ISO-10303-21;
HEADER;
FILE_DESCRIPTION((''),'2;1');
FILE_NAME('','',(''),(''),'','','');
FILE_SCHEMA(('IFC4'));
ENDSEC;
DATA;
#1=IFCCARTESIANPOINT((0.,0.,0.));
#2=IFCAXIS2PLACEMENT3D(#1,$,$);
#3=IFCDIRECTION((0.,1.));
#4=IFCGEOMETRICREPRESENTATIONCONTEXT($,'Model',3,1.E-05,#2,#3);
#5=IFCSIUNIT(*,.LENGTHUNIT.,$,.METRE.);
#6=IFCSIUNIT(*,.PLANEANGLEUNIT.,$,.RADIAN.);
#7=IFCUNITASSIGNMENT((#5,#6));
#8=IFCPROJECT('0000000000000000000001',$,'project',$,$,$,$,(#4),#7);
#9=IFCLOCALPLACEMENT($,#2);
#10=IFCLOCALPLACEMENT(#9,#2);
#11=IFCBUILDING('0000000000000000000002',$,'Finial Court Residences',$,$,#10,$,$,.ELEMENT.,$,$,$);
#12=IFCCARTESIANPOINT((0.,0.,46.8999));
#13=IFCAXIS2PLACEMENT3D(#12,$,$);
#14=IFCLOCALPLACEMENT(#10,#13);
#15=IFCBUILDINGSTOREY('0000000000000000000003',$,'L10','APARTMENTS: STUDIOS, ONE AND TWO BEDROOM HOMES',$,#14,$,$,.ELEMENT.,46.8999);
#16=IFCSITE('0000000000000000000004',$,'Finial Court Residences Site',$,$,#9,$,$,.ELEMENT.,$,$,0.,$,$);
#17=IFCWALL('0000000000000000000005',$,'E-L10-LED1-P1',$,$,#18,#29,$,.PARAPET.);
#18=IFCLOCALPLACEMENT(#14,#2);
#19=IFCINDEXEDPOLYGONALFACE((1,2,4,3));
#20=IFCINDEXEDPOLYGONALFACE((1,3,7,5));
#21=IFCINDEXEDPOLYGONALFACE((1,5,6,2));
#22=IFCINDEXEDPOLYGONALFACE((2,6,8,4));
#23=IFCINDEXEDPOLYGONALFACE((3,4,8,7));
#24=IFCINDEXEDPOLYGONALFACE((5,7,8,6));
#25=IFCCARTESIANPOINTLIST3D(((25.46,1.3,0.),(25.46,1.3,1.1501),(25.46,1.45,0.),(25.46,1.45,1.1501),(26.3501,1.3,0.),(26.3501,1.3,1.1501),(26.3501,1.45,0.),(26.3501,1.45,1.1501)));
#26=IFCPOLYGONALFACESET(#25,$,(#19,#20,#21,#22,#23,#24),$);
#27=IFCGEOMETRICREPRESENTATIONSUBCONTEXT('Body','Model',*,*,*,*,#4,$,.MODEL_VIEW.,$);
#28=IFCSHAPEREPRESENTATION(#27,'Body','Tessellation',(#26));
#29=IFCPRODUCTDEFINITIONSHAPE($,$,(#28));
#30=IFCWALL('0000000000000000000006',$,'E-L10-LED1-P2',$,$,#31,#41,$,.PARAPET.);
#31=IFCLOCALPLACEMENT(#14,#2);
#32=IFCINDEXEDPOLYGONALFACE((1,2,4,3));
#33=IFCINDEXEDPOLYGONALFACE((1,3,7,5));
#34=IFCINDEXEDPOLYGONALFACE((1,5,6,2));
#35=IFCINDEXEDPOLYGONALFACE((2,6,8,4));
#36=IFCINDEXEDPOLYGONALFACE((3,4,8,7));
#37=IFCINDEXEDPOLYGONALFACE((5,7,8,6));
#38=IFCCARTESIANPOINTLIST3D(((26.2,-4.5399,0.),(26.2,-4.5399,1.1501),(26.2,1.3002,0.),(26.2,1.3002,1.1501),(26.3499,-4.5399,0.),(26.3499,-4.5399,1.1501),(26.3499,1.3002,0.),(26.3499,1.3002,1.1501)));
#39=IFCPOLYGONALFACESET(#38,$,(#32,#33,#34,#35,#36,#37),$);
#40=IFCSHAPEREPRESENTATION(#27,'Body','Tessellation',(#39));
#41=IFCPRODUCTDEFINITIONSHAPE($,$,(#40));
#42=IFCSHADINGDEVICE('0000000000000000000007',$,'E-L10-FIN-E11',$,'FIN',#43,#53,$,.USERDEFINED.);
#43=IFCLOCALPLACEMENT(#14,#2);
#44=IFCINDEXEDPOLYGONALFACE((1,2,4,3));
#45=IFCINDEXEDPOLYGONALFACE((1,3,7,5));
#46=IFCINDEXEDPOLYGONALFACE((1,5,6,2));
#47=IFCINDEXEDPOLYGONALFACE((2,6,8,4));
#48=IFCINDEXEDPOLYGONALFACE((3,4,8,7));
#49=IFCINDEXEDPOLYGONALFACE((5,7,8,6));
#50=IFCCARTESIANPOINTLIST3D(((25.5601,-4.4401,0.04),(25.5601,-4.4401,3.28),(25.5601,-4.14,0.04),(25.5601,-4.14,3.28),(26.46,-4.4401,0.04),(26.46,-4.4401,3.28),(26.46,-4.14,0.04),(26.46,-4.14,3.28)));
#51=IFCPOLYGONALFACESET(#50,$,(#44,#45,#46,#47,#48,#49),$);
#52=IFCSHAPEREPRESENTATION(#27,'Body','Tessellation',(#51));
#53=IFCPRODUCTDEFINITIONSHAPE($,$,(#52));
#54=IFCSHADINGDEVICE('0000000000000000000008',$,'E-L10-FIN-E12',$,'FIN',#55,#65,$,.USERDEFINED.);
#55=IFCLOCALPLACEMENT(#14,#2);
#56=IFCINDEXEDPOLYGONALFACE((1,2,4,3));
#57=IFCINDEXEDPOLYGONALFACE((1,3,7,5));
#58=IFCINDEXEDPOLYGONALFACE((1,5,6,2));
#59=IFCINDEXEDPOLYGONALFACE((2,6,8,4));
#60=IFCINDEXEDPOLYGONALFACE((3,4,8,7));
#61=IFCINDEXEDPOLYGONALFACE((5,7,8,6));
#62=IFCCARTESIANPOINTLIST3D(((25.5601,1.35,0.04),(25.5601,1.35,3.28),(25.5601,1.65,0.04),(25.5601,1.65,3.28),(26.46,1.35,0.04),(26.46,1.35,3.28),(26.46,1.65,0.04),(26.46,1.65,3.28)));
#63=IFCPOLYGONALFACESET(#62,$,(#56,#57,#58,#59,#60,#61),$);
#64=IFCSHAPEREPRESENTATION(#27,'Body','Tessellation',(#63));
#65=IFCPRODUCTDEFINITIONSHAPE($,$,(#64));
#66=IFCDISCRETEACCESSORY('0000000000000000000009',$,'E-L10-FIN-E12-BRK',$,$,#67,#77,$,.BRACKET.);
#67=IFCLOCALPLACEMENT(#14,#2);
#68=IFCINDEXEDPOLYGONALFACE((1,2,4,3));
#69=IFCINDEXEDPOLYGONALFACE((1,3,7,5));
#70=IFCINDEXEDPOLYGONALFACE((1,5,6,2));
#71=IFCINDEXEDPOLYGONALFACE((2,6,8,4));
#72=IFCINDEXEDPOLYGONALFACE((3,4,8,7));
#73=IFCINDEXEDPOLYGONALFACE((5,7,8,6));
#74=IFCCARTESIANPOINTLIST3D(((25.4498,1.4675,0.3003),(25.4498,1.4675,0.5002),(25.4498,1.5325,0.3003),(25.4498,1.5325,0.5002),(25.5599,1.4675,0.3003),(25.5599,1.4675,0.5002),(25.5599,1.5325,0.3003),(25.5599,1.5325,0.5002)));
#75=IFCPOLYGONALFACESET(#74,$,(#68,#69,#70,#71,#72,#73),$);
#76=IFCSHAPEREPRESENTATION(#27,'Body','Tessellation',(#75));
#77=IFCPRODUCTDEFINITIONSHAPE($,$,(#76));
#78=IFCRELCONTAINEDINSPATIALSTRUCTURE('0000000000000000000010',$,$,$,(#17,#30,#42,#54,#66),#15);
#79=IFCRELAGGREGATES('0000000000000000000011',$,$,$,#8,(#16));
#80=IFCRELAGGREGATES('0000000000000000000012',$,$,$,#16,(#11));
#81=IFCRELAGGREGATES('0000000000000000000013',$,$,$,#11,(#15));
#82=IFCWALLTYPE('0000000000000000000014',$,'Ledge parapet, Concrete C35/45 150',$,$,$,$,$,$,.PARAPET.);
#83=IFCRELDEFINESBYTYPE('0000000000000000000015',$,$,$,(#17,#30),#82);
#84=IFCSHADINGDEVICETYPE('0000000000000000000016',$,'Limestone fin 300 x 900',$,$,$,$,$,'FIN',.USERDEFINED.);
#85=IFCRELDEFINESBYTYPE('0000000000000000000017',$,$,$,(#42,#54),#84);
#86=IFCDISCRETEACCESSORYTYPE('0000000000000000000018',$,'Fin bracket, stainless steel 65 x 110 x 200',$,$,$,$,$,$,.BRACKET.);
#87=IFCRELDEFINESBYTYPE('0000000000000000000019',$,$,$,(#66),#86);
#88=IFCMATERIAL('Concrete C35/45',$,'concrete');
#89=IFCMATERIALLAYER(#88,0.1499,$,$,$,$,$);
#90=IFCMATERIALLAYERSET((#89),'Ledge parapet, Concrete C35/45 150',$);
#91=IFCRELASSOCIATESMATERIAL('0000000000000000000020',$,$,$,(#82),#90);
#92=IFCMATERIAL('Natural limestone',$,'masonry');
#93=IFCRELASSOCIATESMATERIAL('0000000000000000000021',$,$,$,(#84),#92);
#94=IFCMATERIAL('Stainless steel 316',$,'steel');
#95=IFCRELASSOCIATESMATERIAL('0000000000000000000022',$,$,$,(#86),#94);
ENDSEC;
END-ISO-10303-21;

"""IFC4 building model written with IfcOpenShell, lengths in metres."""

from ifc_helpers import new_model, si_unit, direction, frame, frame_2d, origin, origin_2d, place, context, subcontext, project, spatial, rectangle, extrude, material, layer, layer_set, type_object, element, save


model = new_model("IFC4")

# Units and contexts
model_context = context("Model", 3, precision=1e-05, world=origin(), true_north=direction((0.0, 1.0)))
body_context = subcontext(model_context, "Body", "Model", "MODEL_VIEW")
ifc_project = project(units=[si_unit("LENGTHUNIT", "METRE"), si_unit("PLANEANGLEUNIT", "RADIAN")], contexts=[model_context])

# Site, building, storey
site_placement = place(None, origin())
site = spatial("IfcSite", under=ifc_project, at=site_placement, Name="Finial Court Residences Site", CompositionType="ELEMENT", RefElevation=0.0)
building_placement = place(site_placement, origin())
building = spatial("IfcBuilding", under=site, at=building_placement, Name="Finial Court Residences", CompositionType="ELEMENT")
storey_placement = place(building_placement, frame((0.0, 0.0, 46.8999)))
storey = spatial("IfcBuildingStorey", under=building, at=storey_placement, Name="L10", Description="APARTMENTS: STUDIOS, ONE AND TWO BEDROOM HOMES", CompositionType="ELEMENT", Elevation=46.8999)

# Walls
ifc_material_1 = material(Name="Concrete C35/45", Category="concrete")
ifc_layer_1 = layer(ifc_material_1, 0.1499)
ifc_layer_set_1 = layer_set([ifc_layer_1], Name="Ledge parapet, Concrete C35/45 150")
wall_type_1 = type_object("IfcWallType", Name="Ledge parapet, Concrete C35/45 150", PredefinedType="PARAPET", material=ifc_layer_set_1)
wall_1_placement = place(storey_placement, frame((25.46, 1.375, 0.0), z_axis=(0.0, 0.0, 1.0), x_axis=(1.0, 0.0, 0.0)))
element("IfcWall", 1, at=wall_1_placement, inside=storey, type_object=wall_type_1, Name="E-L10-LED1-P1", PredefinedType="PARAPET", context=body_context, shape_type="SweptSolid", body=[
    extrude(rectangle(XDim=0.8901, YDim=0.1499, at=frame_2d((0.4451, 0.0))), origin(), (0.0, 0.0, 1.0), 1.1501),
])
wall_2_placement = place(storey_placement, frame((26.2749, 1.3, 0.0), z_axis=(0.0, 0.0, 1.0), x_axis=(0.0, -1.0, 0.0)))
element("IfcWall", 2, at=wall_2_placement, inside=storey, type_object=wall_type_1, Name="E-L10-LED1-P2", PredefinedType="PARAPET", context=body_context, shape_type="SweptSolid", body=[
    extrude(rectangle(XDim=5.8401, YDim=0.1499, at=frame_2d((2.9199, 0.0))), origin(), (0.0, 0.0, 1.0), 1.1501),
])

# Shading devices
ifc_material_2 = material(Name="Natural limestone", Category="masonry")
shading_device_type = type_object("IfcShadingDeviceType", Name="Limestone fin 300 x 900", ElementType="FIN", PredefinedType="USERDEFINED", material=ifc_material_2)
for number, where, z_axis, x_axis, name in (
    (3, (26.01, -4.29, 0.04), (0.0, 0.0, 1.0), (1.0, 0.0, 0.0), "E-L10-FIN-E11"),
    (4, (26.01, 1.5, 0.04), (0.0, 0.0, 1.0), (1.0, 0.0, 0.0), "E-L10-FIN-E12"),
):
    element("IfcShadingDevice", number, at=place(storey_placement, frame(where, z_axis=z_axis, x_axis=x_axis)), inside=storey, type_object=shading_device_type, Name=name, ObjectType="FIN", PredefinedType="USERDEFINED", context=body_context, shape_type="SweptSolid", body=[
        extrude(rectangle(XDim=0.8999, YDim=0.3, at=origin_2d()), origin(), (0.0, 0.0, 1.0), 3.24),
    ])

# Discrete accessory
ifc_material_3 = material(Name="Stainless steel 316", Category="steel")
discrete_accessory_type = type_object("IfcDiscreteAccessoryType", Name="Fin bracket, stainless steel 65 x 110 x 200", PredefinedType="BRACKET", material=ifc_material_3)
discrete_accessory_placement = place(storey_placement, frame((25.5049, 1.5, 0.3003), z_axis=(0.0, 0.0, 1.0), x_axis=(1.0, 0.0, 0.0)))
element("IfcDiscreteAccessory", 5, at=discrete_accessory_placement, inside=storey, type_object=discrete_accessory_type, Name="E-L10-FIN-E12-BRK", PredefinedType="BRACKET", context=body_context, shape_type="SweptSolid", body=[
    extrude(rectangle(XDim=0.1101, YDim=0.0649, at=origin_2d()), origin(), (0.0, 0.0, 1.0), 0.2),
])

save(model, "model.ifc")
